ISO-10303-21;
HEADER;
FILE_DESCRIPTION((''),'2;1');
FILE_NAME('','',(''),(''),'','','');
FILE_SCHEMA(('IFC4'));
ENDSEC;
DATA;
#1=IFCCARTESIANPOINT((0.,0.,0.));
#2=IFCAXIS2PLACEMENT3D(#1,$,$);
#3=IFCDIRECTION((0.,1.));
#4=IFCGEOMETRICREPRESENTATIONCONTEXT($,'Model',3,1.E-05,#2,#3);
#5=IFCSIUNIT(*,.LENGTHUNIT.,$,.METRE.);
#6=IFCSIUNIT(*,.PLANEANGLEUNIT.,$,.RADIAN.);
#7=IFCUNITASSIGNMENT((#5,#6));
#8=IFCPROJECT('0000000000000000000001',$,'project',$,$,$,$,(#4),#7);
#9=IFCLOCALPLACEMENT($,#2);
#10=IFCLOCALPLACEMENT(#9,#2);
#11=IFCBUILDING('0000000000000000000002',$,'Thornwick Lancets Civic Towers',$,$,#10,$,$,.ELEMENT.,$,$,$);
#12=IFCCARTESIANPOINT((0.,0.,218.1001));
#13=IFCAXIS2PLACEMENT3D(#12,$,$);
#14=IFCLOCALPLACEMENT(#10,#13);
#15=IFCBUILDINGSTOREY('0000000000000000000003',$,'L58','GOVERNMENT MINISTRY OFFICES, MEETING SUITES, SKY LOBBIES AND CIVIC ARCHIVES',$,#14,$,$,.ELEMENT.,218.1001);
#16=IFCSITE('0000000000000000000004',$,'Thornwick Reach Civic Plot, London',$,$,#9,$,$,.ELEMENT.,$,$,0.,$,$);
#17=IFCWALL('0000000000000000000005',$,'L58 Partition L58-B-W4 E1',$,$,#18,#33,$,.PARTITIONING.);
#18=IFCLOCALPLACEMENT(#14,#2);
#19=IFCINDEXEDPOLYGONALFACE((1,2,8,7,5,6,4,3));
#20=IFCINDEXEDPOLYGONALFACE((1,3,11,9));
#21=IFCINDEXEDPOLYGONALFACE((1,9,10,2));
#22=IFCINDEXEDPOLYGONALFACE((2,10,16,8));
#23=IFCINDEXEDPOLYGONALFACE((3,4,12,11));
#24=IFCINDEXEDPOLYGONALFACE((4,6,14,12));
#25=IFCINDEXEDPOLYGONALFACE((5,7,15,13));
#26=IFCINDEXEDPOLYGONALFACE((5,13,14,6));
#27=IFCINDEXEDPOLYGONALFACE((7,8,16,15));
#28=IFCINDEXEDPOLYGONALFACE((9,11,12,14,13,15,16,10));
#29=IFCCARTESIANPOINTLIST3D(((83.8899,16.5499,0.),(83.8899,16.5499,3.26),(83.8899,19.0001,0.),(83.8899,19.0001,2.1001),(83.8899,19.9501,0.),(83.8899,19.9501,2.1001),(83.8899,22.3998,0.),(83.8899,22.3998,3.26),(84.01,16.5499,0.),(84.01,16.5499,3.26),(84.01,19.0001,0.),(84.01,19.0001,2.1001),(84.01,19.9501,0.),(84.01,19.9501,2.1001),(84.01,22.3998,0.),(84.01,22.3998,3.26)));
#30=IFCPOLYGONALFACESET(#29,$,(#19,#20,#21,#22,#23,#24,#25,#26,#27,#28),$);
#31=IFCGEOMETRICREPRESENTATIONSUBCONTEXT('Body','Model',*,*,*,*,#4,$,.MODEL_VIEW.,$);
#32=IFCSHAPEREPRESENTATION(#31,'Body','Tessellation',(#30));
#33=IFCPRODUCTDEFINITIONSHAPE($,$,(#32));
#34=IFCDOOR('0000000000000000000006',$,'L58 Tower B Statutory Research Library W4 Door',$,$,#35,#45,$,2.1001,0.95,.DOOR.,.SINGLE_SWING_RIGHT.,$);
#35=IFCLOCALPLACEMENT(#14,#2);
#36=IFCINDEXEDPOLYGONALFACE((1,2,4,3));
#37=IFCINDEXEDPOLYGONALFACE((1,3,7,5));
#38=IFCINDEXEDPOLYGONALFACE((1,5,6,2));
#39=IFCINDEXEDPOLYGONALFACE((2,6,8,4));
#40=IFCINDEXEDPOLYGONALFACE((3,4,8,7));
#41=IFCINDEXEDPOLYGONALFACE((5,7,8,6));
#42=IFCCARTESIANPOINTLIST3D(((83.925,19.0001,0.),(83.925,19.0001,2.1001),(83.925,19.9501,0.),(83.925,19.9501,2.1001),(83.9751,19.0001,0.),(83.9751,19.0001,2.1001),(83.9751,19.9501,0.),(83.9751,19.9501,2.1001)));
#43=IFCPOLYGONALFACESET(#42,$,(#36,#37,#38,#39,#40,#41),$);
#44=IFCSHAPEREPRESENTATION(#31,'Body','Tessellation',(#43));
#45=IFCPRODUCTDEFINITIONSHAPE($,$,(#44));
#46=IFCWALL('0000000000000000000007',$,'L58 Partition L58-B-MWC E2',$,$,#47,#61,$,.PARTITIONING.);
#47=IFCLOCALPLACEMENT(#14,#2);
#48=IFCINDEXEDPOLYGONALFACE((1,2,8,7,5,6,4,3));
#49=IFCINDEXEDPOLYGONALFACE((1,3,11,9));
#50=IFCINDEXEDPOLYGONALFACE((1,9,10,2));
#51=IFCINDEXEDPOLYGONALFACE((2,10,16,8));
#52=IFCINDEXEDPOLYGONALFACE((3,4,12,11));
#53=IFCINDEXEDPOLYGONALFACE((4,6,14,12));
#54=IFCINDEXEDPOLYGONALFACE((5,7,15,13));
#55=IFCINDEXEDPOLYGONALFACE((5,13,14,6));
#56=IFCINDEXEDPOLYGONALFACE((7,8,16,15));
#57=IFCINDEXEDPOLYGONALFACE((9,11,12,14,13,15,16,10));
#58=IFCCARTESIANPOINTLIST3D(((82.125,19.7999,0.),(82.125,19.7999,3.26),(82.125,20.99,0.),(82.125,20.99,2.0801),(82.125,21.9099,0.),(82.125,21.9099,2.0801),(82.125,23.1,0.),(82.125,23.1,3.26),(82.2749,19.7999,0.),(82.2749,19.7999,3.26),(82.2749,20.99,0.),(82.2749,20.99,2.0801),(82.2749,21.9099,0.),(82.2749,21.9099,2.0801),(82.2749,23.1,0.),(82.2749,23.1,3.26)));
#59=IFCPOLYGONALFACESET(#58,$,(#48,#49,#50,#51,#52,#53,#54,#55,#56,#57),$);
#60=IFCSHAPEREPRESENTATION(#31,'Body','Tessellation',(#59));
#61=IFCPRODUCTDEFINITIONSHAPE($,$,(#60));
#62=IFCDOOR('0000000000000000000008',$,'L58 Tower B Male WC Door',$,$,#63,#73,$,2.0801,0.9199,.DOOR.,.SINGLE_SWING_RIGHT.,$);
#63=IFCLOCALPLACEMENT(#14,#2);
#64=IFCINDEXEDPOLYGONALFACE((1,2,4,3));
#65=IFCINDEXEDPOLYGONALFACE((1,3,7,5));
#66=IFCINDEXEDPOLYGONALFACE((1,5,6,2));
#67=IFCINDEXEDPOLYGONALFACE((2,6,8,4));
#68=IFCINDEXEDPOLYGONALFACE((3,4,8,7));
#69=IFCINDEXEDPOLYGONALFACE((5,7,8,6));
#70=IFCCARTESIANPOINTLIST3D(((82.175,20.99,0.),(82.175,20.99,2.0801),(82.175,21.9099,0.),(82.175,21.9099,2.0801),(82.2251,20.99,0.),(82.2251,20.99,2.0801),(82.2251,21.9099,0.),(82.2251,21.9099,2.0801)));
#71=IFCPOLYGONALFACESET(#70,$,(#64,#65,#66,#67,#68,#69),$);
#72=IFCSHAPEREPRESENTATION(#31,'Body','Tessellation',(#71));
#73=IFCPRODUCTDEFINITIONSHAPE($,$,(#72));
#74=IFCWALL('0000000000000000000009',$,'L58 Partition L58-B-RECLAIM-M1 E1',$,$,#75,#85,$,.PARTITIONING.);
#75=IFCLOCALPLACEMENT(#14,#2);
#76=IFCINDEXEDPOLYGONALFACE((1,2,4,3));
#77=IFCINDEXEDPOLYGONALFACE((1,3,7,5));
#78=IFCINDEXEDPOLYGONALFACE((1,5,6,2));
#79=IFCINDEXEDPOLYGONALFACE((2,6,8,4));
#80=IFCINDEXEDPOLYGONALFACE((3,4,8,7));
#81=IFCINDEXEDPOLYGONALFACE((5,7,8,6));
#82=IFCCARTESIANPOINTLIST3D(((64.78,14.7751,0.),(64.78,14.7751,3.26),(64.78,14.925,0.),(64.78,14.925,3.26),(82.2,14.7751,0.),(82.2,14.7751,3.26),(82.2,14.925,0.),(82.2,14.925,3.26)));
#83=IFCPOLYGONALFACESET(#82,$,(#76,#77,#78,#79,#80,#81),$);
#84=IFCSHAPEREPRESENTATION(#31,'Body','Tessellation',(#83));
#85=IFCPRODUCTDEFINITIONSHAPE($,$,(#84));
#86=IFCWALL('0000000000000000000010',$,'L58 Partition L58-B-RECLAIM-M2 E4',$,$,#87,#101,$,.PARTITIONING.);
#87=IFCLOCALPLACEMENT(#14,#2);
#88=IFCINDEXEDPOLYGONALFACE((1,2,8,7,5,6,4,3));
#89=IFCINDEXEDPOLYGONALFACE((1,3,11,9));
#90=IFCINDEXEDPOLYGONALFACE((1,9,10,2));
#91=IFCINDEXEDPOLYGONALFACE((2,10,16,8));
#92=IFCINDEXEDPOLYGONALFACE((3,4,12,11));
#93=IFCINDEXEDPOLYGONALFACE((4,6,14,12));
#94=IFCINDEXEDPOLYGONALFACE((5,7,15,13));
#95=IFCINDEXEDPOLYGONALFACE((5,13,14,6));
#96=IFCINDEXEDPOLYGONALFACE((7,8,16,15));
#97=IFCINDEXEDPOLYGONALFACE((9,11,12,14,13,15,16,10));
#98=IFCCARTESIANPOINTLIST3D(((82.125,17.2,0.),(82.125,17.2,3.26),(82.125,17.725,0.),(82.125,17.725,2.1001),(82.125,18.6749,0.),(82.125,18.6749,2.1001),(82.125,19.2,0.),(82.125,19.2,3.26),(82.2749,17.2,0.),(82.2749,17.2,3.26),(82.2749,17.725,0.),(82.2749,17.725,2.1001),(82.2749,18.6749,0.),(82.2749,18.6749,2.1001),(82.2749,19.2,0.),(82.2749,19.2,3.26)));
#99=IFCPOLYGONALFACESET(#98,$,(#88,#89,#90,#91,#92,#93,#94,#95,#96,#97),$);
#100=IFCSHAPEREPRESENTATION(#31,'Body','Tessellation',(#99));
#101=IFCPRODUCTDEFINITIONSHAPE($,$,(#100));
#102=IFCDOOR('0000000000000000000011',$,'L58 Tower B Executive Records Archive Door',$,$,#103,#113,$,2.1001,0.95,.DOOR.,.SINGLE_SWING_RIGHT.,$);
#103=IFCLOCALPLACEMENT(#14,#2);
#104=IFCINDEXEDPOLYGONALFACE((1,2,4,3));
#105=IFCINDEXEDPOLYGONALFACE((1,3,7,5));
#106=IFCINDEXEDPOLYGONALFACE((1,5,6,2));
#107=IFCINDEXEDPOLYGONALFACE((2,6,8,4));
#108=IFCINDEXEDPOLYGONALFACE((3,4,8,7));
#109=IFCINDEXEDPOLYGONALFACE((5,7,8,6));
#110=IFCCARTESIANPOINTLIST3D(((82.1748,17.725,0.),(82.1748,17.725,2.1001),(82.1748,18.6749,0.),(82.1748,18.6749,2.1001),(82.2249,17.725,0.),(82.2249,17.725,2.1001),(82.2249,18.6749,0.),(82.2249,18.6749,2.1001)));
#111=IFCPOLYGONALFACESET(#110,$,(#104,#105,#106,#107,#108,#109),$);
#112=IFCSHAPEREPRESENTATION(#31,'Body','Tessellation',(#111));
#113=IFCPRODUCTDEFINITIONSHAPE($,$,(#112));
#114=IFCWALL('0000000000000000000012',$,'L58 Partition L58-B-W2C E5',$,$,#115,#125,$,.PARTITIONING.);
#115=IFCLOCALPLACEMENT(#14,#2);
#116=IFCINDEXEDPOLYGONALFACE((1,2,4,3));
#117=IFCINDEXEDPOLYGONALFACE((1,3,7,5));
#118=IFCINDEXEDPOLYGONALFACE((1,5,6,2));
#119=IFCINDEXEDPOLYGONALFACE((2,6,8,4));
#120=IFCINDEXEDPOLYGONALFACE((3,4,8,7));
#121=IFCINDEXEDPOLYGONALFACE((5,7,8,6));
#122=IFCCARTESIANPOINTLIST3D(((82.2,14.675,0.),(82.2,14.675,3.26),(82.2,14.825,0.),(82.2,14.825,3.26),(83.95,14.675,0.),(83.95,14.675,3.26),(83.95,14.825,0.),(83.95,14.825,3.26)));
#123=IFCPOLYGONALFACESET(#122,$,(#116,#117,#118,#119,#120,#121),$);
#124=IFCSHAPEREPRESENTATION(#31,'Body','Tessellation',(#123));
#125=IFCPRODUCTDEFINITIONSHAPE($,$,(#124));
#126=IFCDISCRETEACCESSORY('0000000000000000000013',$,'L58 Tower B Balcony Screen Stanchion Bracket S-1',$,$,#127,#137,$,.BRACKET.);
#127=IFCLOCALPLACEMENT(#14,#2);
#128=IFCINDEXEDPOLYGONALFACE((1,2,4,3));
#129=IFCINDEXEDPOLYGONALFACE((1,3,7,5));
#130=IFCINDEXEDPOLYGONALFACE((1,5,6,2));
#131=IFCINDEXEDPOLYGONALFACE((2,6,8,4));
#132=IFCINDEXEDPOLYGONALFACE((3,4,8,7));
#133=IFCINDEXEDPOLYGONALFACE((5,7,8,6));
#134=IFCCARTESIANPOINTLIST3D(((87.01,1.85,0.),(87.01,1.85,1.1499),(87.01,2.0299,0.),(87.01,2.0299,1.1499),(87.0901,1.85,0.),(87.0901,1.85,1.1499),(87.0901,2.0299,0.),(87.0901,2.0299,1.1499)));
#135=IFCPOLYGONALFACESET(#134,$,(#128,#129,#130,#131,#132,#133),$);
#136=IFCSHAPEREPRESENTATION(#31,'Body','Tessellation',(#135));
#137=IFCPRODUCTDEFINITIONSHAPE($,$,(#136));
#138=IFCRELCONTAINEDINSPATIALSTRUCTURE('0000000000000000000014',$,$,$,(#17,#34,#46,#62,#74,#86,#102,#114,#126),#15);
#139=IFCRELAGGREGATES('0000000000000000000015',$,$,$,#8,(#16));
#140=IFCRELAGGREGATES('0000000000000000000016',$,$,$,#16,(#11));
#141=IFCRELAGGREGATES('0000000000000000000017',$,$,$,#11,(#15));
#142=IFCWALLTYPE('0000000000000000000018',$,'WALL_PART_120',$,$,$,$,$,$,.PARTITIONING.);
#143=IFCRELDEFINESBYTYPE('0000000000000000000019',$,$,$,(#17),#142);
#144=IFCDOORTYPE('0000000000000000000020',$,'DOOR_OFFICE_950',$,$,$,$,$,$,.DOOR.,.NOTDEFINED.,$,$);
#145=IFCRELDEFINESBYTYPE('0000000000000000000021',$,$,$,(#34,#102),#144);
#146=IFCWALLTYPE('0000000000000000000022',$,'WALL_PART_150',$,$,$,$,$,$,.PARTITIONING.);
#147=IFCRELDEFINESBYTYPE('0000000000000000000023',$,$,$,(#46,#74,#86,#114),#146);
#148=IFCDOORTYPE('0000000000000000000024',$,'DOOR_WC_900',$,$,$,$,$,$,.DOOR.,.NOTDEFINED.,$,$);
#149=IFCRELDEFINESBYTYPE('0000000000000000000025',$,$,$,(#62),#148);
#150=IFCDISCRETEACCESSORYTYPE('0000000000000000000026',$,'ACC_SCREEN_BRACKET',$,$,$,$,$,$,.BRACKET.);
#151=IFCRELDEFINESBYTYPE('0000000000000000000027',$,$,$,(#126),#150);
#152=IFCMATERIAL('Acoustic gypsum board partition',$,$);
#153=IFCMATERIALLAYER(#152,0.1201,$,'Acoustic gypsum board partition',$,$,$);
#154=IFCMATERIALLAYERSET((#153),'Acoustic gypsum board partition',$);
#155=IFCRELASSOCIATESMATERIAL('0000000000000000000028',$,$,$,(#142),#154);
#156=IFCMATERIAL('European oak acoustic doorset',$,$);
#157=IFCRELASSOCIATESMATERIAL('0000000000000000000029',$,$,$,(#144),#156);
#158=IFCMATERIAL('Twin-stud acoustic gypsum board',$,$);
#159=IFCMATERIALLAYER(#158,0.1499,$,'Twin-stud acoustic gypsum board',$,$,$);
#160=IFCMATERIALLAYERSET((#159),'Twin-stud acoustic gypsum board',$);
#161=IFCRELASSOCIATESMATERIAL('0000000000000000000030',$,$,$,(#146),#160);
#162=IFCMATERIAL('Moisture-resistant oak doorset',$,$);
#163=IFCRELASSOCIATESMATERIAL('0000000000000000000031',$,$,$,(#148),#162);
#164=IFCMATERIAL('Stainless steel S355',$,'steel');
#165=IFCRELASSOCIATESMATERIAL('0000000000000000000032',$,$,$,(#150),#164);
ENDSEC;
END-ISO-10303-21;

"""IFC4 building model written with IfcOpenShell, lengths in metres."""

from ifc_helpers import new_model, si_unit, direction, frame, frame_2d, origin, origin_2d, place, context, subcontext, project, spatial, rectangle, extrude, material, layer, layer_set, type_object, element, fill, save


model = new_model("IFC4")

# Units and contexts
model_context = context("Model", 3, precision=1e-05, world=origin(), true_north=direction((0.0, 1.0)))
body_context = subcontext(model_context, "Body", "Model", "MODEL_VIEW")
ifc_project = project(units=[si_unit("LENGTHUNIT", "METRE"), si_unit("PLANEANGLEUNIT", "RADIAN")], contexts=[model_context])

# Site, building, storey
site_placement = place(None, origin())
site = spatial("IfcSite", under=ifc_project, at=site_placement, Name="Thornwick Reach Civic Plot, London", CompositionType="ELEMENT", RefElevation=0.0)
building_placement = place(site_placement, origin())
building = spatial("IfcBuilding", under=site, at=building_placement, Name="Thornwick Lancets Civic Towers", CompositionType="ELEMENT")
storey_placement = place(building_placement, frame((0.0, 0.0, 218.1001)))
storey = spatial("IfcBuildingStorey", under=building, at=storey_placement, Name="L58", Description="GOVERNMENT MINISTRY OFFICES, MEETING SUITES, SKY LOBBIES AND CIVIC ARCHIVES", CompositionType="ELEMENT", Elevation=218.1001)

# Shared definitions
ifc_material_1 = material(Name="Acoustic gypsum board partition")
ifc_layer_1 = layer(ifc_material_1, 0.1201, Name="Acoustic gypsum board partition")
ifc_layer_set_1 = layer_set([ifc_layer_1], Name="Acoustic gypsum board partition")
wall_type_1 = type_object("IfcWallType", Name="WALL_PART_120", PredefinedType="PARTITIONING", material=ifc_layer_set_1)

# Walls, openings, doors
ifc_material_2 = material(Name="European oak acoustic doorset")
door_type_1 = type_object("IfcDoorType", Name="DOOR_OFFICE_950", OperationType="NOTDEFINED", PredefinedType="DOOR", material=ifc_material_2)
wall_1_placement = place(storey_placement, frame((83.95, 16.55, 0.0), z_axis=(0.0, 0.0, 1.0), x_axis=(0.0, 1.0, 0.0)))
wall_1 = element("IfcWall", 1, at=wall_1_placement, inside=storey, type_object=wall_type_1, Name="L58 Partition L58-B-W4 E1", PredefinedType="PARTITIONING", context=body_context, shape_type="SweptSolid", body=[
    extrude(rectangle(XDim=5.8499, YDim=0.1201, at=frame_2d((2.9248, 0.0))), origin(), (0.0, 0.0, 1.0), 3.26),
])
opening_1_placement = place(wall_1_placement, frame((2.45, 0.0, 0.0)))
opening_1 = element("IfcOpeningElement", 2, at=opening_1_placement, cuts=wall_1, PredefinedType="OPENING", context=body_context, shape_type="SweptSolid", body=[
    extrude(rectangle(XDim=0.95, YDim=2.1001, at=frame_2d((0.4751, 1.05))), frame((0.0, 0.0701, 0.0), z_axis=(0.0, -1.0, 0.0), x_axis=(1.0, 0.0, 0.0)), (0.0, 0.0, 1.0), 0.1401),
])
door_1_placement = place(opening_1_placement, origin())
door_1 = element("IfcDoor", 3, at=door_1_placement, inside=storey, type_object=door_type_1, Name="L58 Tower B Statutory Research Library W4 Door", OperationType="SINGLE_SWING_RIGHT", OverallHeight=2.1001, OverallWidth=0.95, PredefinedType="DOOR", context=body_context, shape_type="SweptSolid", body=[
    extrude(rectangle(XDim=0.95, YDim=2.1001, at=frame_2d((0.4751, 1.05))), frame((0.0, 0.0249, 0.0), z_axis=(0.0, -1.0, 0.0), x_axis=(1.0, 0.0, 0.0)), (0.0, 0.0, 1.0), 0.05),
])
fill(opening_1, door_1)
ifc_material_3 = material(Name="Twin-stud acoustic gypsum board")
ifc_layer_2 = layer(ifc_material_3, 0.1499, Name="Twin-stud acoustic gypsum board")
ifc_layer_set_2 = layer_set([ifc_layer_2], Name="Twin-stud acoustic gypsum board")
wall_type_2 = type_object("IfcWallType", Name="WALL_PART_150", PredefinedType="PARTITIONING", material=ifc_layer_set_2)
wall_2_placement = place(storey_placement, frame((82.2, 19.8, 0.0), z_axis=(0.0, 0.0, 1.0), x_axis=(0.0, 1.0, 0.0)))
wall_2 = element("IfcWall", 4, at=wall_2_placement, inside=storey, type_object=wall_type_2, Name="L58 Partition L58-B-MWC E2", PredefinedType="PARTITIONING", context=body_context, shape_type="SweptSolid", body=[
    extrude(rectangle(XDim=3.3, YDim=0.1499, at=frame_2d((1.6499, 0.0))), origin(), (0.0, 0.0, 1.0), 3.26),
])
opening_2_placement = place(wall_2_placement, frame((1.1899, 0.0, 0.0)))
opening_2 = element("IfcOpeningElement", 5, at=opening_2_placement, cuts=wall_2, PredefinedType="OPENING", context=body_context, shape_type="SweptSolid", body=[
    extrude(rectangle(XDim=0.9199, YDim=2.0801, at=frame_2d((0.46, 1.04))), frame((0.0, 0.085, 0.0), z_axis=(0.0, -1.0, 0.0), x_axis=(1.0, 0.0, 0.0)), (0.0, 0.0, 1.0), 0.1699),
])
ifc_material_4 = material(Name="Moisture-resistant oak doorset")
door_type_2 = type_object("IfcDoorType", Name="DOOR_WC_900", OperationType="NOTDEFINED", PredefinedType="DOOR", material=ifc_material_4)
door_2_placement = place(opening_2_placement, origin())
door_2 = element("IfcDoor", 6, at=door_2_placement, inside=storey, type_object=door_type_2, Name="L58 Tower B Male WC Door", OperationType="SINGLE_SWING_RIGHT", OverallHeight=2.0801, OverallWidth=0.9199, PredefinedType="DOOR", context=body_context, shape_type="SweptSolid", body=[
    extrude(rectangle(XDim=0.9199, YDim=2.0801, at=frame_2d((0.46, 1.04))), frame((0.0, 0.0249, 0.0), z_axis=(0.0, -1.0, 0.0), x_axis=(1.0, 0.0, 0.0)), (0.0, 0.0, 1.0), 0.05),
])
fill(opening_2, door_2)

# Wall
wall_3_placement = place(storey_placement, frame((82.2, 14.8501, 0.0), z_axis=(0.0, 0.0, 1.0), x_axis=(-1.0, 0.0, 0.0)))
element("IfcWall", 7, at=wall_3_placement, inside=storey, type_object=wall_type_2, Name="L58 Partition L58-B-RECLAIM-M1 E1", PredefinedType="PARTITIONING", context=body_context, shape_type="SweptSolid", body=[
    extrude(rectangle(XDim=17.4199, YDim=0.1499, at=frame_2d((8.71, 0.0))), origin(), (0.0, 0.0, 1.0), 3.26),
])

# Wall, opening, door
wall_4_placement = place(storey_placement, frame((82.2, 19.2, 0.0), z_axis=(0.0, 0.0, 1.0), x_axis=(0.0, -1.0, 0.0)))
wall_4 = element("IfcWall", 8, at=wall_4_placement, inside=storey, type_object=wall_type_2, Name="L58 Partition L58-B-RECLAIM-M2 E4", PredefinedType="PARTITIONING", context=body_context, shape_type="SweptSolid", body=[
    extrude(rectangle(XDim=2.0, YDim=0.1499, at=frame_2d((1.0, 0.0))), origin(), (0.0, 0.0, 1.0), 3.26),
])
opening_3_placement = place(wall_4_placement, frame((0.5249, 0.0, 0.0)))
opening_3 = element("IfcOpeningElement", 9, at=opening_3_placement, cuts=wall_4, PredefinedType="OPENING", context=body_context, shape_type="SweptSolid", body=[
    extrude(rectangle(XDim=0.95, YDim=2.1001, at=frame_2d((0.4751, 1.05))), frame((0.0, 0.085, 0.0), z_axis=(0.0, -1.0, 0.0), x_axis=(1.0, 0.0, 0.0)), (0.0, 0.0, 1.0), 0.1699),
])
door_3_placement = place(opening_3_placement, origin())
door_3 = element("IfcDoor", 10, at=door_3_placement, inside=storey, type_object=door_type_1, Name="L58 Tower B Executive Records Archive Door", OperationType="SINGLE_SWING_RIGHT", OverallHeight=2.1001, OverallWidth=0.95, PredefinedType="DOOR", context=body_context, shape_type="SweptSolid", body=[
    extrude(rectangle(XDim=0.95, YDim=2.1001, at=frame_2d((0.4751, 1.05))), frame((0.0, 0.0249, 0.0), z_axis=(0.0, -1.0, 0.0), x_axis=(1.0, 0.0, 0.0)), (0.0, 0.0, 1.0), 0.05),
])
fill(opening_3, door_3)

# Wall
wall_5_placement = place(storey_placement, frame((82.2, 14.75, 0.0), z_axis=(0.0, 0.0, 1.0), x_axis=(1.0, 0.0, 0.0)))
element("IfcWall", 11, at=wall_5_placement, inside=storey, type_object=wall_type_2, Name="L58 Partition L58-B-W2C E5", PredefinedType="PARTITIONING", context=body_context, shape_type="SweptSolid", body=[
    extrude(rectangle(XDim=1.75, YDim=0.1499, at=frame_2d((0.875, 0.0))), origin(), (0.0, 0.0, 1.0), 3.26),
])

# Discrete accessory
ifc_material_5 = material(Name="Stainless steel S355", Category="steel")
discrete_accessory_type = type_object("IfcDiscreteAccessoryType", Name="ACC_SCREEN_BRACKET", PredefinedType="BRACKET", material=ifc_material_5)
discrete_accessory_placement = place(storey_placement, frame((87.05, 1.9399, 0.0), z_axis=(0.0, 0.0, 1.0), x_axis=(1.0, 0.0, 0.0)))
element("IfcDiscreteAccessory", 12, at=discrete_accessory_placement, inside=storey, type_object=discrete_accessory_type, Name="L58 Tower B Balcony Screen Stanchion Bracket S-1", PredefinedType="BRACKET", context=body_context, shape_type="SweptSolid", body=[
    extrude(rectangle(XDim=0.0801, YDim=0.1799, at=origin_2d()), origin(), (0.0, 0.0, 1.0), 1.1499),
])

save(model, "model.ifc")
